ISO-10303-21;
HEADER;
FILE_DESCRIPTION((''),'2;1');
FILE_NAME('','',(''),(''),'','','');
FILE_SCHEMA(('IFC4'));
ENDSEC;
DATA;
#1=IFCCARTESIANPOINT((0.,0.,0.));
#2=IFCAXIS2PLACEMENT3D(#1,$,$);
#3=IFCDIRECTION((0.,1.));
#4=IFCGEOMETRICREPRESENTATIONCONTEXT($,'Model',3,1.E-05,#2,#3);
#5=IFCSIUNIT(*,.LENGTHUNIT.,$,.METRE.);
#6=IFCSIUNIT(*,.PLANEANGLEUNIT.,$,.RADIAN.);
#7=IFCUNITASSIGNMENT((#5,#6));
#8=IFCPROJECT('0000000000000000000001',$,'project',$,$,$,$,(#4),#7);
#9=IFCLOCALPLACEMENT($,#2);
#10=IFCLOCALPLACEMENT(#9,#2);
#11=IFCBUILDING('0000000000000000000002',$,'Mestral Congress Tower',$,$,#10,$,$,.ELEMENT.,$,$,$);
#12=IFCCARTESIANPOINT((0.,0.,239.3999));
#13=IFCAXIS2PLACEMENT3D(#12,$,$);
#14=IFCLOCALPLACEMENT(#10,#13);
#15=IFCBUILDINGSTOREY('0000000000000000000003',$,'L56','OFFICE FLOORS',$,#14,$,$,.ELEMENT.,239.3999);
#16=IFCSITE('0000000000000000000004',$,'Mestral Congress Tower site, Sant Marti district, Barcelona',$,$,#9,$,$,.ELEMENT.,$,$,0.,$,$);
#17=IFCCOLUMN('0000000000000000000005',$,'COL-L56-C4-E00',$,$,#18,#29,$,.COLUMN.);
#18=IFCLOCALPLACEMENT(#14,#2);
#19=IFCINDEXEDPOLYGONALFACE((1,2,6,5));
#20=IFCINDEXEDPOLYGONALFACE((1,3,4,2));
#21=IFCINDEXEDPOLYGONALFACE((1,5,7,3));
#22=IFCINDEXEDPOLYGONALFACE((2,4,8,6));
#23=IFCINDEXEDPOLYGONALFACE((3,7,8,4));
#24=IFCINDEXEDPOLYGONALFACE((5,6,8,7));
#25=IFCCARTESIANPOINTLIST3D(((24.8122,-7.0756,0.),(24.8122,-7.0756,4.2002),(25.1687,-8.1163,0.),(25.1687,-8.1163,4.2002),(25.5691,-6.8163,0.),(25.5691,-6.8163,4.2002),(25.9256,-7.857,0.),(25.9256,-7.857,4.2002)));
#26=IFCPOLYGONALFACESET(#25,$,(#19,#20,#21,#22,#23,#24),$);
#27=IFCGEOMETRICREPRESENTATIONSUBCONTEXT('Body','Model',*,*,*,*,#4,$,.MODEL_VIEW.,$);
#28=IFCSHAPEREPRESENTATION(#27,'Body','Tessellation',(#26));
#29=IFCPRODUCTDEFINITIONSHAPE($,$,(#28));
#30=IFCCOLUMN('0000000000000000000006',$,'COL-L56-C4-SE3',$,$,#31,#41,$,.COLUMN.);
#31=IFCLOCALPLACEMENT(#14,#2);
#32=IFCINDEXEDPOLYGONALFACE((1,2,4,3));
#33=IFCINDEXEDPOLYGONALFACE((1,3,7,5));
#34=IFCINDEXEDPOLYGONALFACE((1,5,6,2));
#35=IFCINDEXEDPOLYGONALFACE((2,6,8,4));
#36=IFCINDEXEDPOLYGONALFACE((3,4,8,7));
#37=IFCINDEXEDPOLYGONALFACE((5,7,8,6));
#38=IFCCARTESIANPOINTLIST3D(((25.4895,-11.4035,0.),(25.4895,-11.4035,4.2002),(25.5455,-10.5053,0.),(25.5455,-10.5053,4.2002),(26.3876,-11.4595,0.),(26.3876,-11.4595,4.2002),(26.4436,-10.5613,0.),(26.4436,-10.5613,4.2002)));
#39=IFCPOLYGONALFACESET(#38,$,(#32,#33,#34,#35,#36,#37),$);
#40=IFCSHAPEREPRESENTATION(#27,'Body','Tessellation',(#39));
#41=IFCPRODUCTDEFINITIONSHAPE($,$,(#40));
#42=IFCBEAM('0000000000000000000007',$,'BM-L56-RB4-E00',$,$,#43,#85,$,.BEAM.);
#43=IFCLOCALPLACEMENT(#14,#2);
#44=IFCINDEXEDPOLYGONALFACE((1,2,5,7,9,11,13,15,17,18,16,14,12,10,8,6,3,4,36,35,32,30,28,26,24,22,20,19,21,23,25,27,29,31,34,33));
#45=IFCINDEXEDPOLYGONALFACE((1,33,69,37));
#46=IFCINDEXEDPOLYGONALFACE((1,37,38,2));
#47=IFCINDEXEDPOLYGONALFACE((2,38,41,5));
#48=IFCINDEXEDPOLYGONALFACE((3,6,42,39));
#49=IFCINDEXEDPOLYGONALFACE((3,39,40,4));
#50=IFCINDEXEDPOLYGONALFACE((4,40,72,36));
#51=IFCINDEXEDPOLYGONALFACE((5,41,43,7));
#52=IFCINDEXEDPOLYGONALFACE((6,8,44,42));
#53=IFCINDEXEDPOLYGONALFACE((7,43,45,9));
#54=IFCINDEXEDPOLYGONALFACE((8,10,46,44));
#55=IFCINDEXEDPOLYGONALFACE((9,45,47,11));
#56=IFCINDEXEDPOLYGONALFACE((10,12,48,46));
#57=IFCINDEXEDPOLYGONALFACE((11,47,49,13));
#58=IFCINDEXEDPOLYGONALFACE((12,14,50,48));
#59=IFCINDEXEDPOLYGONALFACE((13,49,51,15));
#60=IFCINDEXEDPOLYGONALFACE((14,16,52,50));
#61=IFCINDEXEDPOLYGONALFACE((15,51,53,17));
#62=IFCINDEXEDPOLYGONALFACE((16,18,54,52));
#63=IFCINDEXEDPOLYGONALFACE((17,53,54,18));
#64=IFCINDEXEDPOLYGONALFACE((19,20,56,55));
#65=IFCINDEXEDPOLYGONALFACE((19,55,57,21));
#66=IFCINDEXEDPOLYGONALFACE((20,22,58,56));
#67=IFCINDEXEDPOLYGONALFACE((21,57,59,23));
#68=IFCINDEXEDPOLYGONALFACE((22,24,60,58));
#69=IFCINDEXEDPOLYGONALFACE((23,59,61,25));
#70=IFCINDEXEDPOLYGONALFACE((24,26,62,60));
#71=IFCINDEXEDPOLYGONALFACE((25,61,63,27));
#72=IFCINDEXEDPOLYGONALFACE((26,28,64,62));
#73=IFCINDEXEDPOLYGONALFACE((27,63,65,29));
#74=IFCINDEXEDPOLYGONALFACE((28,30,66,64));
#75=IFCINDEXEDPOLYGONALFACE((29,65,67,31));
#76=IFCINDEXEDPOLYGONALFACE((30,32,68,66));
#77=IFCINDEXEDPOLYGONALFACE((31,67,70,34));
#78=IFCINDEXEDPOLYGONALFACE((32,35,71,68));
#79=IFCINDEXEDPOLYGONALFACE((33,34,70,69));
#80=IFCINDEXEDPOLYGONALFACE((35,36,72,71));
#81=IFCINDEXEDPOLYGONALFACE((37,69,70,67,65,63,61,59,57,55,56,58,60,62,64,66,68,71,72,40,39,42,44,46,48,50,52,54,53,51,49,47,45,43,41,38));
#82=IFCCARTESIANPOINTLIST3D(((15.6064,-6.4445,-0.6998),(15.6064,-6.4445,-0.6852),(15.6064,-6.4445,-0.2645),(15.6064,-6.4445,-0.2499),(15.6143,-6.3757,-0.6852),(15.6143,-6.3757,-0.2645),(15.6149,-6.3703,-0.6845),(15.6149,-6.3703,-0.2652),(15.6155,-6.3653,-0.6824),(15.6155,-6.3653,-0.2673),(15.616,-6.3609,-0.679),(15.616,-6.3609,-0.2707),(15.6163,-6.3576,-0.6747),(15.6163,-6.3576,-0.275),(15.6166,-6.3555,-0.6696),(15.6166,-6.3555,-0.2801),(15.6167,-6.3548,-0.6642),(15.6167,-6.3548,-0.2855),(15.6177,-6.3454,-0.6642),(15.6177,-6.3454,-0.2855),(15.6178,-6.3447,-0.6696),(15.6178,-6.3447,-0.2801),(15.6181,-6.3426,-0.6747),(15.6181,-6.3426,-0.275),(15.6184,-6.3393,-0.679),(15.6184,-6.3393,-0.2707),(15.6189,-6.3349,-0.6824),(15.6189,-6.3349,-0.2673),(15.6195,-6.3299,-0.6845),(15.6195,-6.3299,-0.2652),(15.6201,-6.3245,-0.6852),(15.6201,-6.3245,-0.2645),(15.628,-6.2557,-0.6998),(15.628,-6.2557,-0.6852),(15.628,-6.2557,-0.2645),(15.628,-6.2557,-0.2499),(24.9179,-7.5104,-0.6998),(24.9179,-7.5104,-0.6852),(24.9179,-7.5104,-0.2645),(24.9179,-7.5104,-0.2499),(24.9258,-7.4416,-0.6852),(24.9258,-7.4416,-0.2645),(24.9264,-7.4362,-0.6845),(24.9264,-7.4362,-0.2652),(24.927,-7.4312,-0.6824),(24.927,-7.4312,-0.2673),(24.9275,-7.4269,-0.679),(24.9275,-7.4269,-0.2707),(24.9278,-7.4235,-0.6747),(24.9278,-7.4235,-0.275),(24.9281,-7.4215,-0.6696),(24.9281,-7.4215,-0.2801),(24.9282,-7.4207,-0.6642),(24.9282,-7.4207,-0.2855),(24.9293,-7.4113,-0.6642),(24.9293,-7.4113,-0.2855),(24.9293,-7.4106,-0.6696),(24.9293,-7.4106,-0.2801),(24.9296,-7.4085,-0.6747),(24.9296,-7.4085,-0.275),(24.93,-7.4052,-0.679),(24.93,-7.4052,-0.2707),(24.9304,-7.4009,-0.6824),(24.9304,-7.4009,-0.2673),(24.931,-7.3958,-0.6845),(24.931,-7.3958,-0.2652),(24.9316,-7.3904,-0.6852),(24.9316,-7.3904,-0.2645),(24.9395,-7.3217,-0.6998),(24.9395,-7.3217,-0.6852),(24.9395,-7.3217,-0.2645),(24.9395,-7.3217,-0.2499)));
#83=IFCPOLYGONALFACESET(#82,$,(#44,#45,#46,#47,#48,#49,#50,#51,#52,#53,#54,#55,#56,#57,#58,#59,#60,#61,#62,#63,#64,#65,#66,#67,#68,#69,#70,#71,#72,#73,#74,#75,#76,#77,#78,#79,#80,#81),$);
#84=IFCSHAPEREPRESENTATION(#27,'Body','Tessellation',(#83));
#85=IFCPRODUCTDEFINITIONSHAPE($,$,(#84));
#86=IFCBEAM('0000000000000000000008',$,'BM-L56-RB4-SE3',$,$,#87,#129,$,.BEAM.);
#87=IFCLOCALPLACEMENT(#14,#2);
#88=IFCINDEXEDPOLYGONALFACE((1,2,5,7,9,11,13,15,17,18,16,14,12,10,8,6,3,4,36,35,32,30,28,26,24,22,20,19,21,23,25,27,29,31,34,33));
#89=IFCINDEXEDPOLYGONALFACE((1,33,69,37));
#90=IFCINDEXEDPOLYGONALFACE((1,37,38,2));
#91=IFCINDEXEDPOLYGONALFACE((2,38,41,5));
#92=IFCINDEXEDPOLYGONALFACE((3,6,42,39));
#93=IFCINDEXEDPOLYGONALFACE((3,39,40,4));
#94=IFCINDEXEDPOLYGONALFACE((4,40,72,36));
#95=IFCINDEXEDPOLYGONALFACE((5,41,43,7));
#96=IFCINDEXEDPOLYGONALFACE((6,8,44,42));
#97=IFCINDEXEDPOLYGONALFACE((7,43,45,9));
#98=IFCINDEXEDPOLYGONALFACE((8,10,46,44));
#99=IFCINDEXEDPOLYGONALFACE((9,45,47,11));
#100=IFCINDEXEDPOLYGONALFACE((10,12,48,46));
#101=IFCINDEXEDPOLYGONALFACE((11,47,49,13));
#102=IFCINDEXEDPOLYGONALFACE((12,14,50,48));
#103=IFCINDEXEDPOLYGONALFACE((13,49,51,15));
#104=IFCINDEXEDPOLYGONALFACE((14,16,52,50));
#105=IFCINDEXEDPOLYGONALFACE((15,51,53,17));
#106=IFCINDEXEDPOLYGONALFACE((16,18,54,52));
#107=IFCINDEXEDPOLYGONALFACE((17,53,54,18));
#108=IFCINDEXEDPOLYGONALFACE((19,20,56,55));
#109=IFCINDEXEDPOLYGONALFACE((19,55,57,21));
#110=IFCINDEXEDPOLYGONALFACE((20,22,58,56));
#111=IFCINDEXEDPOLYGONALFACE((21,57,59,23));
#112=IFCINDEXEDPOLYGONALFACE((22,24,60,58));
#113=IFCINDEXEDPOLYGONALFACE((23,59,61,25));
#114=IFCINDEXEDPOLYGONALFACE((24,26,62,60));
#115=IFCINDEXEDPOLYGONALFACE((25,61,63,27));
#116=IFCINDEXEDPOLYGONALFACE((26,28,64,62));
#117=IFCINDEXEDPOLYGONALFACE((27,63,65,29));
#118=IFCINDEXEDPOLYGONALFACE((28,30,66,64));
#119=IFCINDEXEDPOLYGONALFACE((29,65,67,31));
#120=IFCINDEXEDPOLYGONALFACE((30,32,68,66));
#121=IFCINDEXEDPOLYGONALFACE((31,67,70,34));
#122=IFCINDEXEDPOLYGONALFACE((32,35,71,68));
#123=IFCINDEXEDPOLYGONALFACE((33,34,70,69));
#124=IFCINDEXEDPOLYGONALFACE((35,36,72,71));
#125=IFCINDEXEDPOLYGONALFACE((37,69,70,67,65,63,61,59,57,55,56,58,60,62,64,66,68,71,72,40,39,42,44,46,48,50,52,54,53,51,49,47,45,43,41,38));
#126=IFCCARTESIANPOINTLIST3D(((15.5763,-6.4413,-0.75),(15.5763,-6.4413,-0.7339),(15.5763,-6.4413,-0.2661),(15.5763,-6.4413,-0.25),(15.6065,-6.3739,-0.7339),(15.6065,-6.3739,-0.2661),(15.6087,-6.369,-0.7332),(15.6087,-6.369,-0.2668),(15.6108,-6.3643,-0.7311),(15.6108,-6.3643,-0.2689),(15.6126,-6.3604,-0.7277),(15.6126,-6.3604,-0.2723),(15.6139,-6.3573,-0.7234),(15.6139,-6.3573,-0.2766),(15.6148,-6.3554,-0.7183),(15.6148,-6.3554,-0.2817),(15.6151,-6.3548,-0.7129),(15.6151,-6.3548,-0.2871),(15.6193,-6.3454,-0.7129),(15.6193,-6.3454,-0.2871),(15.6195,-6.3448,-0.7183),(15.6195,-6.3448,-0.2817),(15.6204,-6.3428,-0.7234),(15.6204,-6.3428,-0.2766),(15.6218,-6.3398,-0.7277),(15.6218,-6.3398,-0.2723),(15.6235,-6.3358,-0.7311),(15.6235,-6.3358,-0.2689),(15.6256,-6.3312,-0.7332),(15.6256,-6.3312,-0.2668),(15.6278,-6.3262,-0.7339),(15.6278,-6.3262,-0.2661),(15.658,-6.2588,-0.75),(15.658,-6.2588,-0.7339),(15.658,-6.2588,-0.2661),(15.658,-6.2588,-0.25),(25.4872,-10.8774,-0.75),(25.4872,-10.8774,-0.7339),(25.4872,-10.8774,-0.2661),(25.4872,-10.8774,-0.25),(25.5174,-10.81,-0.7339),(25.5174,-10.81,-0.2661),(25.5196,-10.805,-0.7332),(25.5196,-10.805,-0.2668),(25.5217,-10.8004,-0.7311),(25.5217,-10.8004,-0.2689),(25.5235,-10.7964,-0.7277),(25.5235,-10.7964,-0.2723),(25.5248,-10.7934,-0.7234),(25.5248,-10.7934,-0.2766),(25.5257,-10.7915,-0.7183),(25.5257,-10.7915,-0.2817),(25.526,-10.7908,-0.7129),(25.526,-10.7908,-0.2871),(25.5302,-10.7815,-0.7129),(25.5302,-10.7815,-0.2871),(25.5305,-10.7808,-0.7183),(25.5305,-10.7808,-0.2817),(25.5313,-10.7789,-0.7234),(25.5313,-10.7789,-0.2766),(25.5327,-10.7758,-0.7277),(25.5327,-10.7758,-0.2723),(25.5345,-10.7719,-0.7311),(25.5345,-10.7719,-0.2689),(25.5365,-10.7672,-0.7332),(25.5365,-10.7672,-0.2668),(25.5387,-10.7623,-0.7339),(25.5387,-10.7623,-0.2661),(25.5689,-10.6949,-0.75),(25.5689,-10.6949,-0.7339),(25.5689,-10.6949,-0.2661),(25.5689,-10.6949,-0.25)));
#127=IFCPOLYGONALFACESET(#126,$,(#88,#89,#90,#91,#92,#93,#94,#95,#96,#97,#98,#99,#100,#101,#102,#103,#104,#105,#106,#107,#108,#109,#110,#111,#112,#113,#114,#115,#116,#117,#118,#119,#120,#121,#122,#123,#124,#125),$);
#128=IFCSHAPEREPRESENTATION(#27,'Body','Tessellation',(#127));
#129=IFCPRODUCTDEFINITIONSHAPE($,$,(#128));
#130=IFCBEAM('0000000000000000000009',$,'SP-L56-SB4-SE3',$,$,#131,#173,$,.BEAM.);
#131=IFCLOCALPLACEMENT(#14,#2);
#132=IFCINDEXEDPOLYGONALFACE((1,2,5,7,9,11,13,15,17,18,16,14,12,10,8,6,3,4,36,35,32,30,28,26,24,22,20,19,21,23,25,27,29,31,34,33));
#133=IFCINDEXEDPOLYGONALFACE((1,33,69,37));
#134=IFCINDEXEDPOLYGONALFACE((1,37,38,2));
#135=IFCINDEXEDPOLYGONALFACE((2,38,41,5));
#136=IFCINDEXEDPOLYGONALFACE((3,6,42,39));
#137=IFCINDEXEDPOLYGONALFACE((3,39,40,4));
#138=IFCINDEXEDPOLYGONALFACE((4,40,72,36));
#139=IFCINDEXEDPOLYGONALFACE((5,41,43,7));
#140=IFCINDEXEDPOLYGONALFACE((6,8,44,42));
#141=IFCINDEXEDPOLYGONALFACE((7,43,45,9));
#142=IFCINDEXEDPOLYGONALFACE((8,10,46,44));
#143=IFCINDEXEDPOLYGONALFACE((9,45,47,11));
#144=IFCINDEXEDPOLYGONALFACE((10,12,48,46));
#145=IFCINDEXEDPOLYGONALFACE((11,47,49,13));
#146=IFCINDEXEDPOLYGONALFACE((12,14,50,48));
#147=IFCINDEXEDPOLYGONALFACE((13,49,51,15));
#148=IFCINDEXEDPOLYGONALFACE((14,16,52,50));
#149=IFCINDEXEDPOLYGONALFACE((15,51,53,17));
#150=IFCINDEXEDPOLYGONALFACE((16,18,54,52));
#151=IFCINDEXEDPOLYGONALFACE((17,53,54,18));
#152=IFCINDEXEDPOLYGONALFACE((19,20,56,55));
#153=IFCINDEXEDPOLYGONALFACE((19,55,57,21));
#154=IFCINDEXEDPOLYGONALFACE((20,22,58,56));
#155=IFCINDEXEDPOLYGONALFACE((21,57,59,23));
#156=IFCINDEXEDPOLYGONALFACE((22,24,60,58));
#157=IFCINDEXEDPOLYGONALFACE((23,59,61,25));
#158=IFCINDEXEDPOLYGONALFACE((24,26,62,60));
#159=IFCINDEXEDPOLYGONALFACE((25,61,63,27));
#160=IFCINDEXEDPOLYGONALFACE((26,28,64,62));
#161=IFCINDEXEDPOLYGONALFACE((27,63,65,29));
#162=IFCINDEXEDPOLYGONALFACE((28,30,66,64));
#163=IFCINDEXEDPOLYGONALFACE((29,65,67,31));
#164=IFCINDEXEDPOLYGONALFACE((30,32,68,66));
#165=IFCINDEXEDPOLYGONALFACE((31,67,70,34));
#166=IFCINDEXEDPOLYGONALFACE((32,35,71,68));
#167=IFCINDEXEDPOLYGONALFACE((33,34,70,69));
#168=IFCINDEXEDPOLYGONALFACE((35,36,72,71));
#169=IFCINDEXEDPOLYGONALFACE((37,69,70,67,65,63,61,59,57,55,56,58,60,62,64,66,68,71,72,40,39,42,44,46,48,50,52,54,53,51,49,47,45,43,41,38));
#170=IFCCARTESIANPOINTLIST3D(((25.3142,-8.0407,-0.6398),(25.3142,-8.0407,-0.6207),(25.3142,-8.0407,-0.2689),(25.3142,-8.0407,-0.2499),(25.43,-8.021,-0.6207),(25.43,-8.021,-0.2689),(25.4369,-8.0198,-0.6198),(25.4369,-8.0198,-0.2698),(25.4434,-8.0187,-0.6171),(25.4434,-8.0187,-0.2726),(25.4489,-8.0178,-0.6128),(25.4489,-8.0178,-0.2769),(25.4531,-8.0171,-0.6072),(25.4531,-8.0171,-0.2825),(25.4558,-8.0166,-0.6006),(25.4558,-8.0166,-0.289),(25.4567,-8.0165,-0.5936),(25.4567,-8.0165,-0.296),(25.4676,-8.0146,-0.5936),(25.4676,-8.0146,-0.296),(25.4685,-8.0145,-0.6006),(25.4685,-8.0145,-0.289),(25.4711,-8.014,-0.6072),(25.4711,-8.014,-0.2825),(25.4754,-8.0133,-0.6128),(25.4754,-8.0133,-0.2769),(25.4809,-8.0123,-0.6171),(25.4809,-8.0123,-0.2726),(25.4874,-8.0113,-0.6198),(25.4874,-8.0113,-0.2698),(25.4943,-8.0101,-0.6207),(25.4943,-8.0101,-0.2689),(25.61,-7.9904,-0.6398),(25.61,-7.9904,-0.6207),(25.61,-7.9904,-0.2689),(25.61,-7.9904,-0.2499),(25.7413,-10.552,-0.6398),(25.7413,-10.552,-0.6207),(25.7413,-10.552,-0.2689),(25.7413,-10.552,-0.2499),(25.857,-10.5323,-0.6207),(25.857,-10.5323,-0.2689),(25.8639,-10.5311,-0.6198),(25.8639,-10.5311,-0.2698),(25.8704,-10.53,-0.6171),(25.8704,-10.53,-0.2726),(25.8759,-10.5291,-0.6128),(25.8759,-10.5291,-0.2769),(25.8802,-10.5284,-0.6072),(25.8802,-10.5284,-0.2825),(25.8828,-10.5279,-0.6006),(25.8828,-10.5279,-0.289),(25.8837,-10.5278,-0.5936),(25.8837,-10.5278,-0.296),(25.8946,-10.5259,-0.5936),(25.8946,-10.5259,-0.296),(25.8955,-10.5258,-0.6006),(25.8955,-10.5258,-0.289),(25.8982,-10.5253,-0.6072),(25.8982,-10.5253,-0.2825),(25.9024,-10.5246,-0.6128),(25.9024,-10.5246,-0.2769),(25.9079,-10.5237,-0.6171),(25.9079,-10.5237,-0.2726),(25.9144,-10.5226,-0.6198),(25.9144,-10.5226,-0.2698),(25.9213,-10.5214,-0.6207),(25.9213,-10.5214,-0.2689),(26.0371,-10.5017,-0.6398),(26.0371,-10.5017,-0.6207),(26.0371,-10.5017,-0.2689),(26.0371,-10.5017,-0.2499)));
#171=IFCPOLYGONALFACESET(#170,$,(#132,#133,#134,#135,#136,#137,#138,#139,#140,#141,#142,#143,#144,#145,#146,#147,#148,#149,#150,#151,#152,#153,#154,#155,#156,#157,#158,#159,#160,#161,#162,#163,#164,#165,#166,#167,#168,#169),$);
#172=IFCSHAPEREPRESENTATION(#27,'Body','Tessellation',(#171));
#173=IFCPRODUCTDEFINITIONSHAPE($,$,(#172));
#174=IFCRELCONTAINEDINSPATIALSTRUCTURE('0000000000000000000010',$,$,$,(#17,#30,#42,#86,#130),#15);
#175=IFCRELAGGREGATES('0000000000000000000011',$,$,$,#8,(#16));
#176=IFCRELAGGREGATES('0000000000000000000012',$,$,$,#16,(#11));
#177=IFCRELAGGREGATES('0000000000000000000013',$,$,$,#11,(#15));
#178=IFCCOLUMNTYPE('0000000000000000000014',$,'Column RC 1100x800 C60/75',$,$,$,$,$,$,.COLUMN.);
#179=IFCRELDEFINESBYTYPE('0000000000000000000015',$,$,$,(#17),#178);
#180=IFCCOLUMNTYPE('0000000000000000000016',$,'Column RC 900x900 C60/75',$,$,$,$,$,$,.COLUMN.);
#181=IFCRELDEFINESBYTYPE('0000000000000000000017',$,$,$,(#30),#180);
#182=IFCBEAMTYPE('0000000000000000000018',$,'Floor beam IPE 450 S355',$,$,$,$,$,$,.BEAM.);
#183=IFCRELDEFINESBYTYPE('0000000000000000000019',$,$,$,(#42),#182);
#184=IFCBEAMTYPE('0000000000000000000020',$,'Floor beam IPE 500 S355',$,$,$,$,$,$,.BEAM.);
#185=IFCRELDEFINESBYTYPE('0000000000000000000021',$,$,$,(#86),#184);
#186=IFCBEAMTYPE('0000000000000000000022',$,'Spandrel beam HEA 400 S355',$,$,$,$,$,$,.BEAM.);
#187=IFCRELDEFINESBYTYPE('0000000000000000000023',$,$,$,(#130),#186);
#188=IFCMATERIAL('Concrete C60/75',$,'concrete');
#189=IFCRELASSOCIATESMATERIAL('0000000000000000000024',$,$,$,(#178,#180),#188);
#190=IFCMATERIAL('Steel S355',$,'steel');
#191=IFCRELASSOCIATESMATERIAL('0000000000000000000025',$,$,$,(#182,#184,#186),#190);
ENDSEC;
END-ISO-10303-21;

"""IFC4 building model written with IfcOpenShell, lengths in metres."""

from ifc_helpers import new_model, si_unit, direction, frame, origin, origin_2d, place, context, subcontext, project, spatial, rectangle, i_section, extrude, material, material_profile, profile_set, type_object, element, save


model = new_model("IFC4")

# Units and contexts
model_context = context("Model", 3, precision=1e-05, world=origin(), true_north=direction((0.0, 1.0)))
body_context = subcontext(model_context, "Body", "Model", "MODEL_VIEW")
ifc_project = project(units=[si_unit("LENGTHUNIT", "METRE"), si_unit("PLANEANGLEUNIT", "RADIAN")], contexts=[model_context])

# Site, building, storey
site_placement = place(None, origin())
site = spatial("IfcSite", under=ifc_project, at=site_placement, Name="Mestral Congress Tower site, Sant Marti district, Barcelona", CompositionType="ELEMENT", RefElevation=0.0)
building_placement = place(site_placement, origin())
building = spatial("IfcBuilding", under=site, at=building_placement, Name="Mestral Congress Tower", CompositionType="ELEMENT")
storey_placement = place(building_placement, frame((0.0, 0.0, 239.3999)))
storey = spatial("IfcBuildingStorey", under=building, at=storey_placement, Name="L56", Description="OFFICE FLOORS", CompositionType="ELEMENT", Elevation=239.3999)

# Columns
ifc_material_1 = material(Name="Concrete C60/75", Category="concrete")
ifc_material_profile_1 = material_profile(ifc_material_1, rectangle(XDim=1.1001, YDim=0.8, at=origin_2d()), Name="RC 1100x800")
ifc_profile_set_1 = profile_set([ifc_material_profile_1], Name="Concrete C60/75")
column_type_1 = type_object("IfcColumnType", Name="Column RC 1100x800 C60/75", PredefinedType="COLUMN", material=ifc_profile_set_1)
column_1_placement = place(storey_placement, frame((25.3689, -7.4663, 0.0), z_axis=(0.0, 0.0, 1.0), x_axis=(-0.324074, 0.946032, 0.0)))
element("IfcColumn", 1, at=column_1_placement, inside=storey, type_object=column_type_1, Name="COL-L56-C4-E00", PredefinedType="COLUMN", context=body_context, shape_type="SweptSolid", body=[
    extrude(rectangle(XDim=1.1001, YDim=0.8, at=origin_2d()), origin(), (0.0, 0.0, 1.0), 4.2002),
])
ifc_material_profile_2 = material_profile(ifc_material_1, rectangle(XDim=0.8999, YDim=0.8999, at=origin_2d()), Name="RC 900x900")
ifc_profile_set_2 = profile_set([ifc_material_profile_2], Name="Concrete C60/75")
column_type_2 = type_object("IfcColumnType", Name="Column RC 900x900 C60/75", PredefinedType="COLUMN", material=ifc_profile_set_2)
column_2_placement = place(storey_placement, frame((25.9666, -10.9824, 0.0), z_axis=(0.0, 0.0, 1.0), x_axis=(0.062217, 0.998063, 0.0)))
element("IfcColumn", 2, at=column_2_placement, inside=storey, type_object=column_type_2, Name="COL-L56-C4-SE3", PredefinedType="COLUMN", context=body_context, shape_type="SweptSolid", body=[
    extrude(rectangle(XDim=0.8999, YDim=0.8999, at=origin_2d()), origin(), (0.0, 0.0, 1.0), 4.2002),
])

# Beams
ifc_material_2 = material(Name="Steel S355", Category="steel")
ifc_material_profile_3 = material_profile(ifc_material_2, i_section(OverallWidth=0.1899, OverallDepth=0.45, WebThickness=0.0095, FlangeThickness=0.0146, FilletRadius=0.021, at=origin_2d()), Name="IPE 450")
ifc_profile_set_3 = profile_set([ifc_material_profile_3], Name="Steel S355")
beam_type_1 = type_object("IfcBeamType", Name="Floor beam IPE 450 S355", PredefinedType="BEAM", material=ifc_profile_set_3)
beam_1_placement = place(storey_placement, frame((24.9287, -7.416, -0.4749), z_axis=(-0.993512, 0.11373, 0.0), x_axis=(-0.11373, -0.993512, 0.0)))
element("IfcBeam", 3, at=beam_1_placement, inside=storey, type_object=beam_type_1, Name="BM-L56-RB4-E00", PredefinedType="BEAM", context=body_context, shape_type="SweptSolid", body=[
    extrude(i_section(OverallWidth=0.1899, OverallDepth=0.45, WebThickness=0.0095, FlangeThickness=0.0146, FilletRadius=0.021, at=origin_2d()), origin(), (0.0, 0.0, 1.0), 9.3723),
])
ifc_material_profile_4 = material_profile(ifc_material_2, i_section(OverallWidth=0.2, OverallDepth=0.5, WebThickness=0.0103, FlangeThickness=0.0161, FilletRadius=0.021, at=origin_2d()), Name="IPE 500")
ifc_profile_set_4 = profile_set([ifc_material_profile_4], Name="Steel S355")
beam_type_2 = type_object("IfcBeamType", Name="Floor beam IPE 500 S355", PredefinedType="BEAM", material=ifc_profile_set_4)
beam_2_placement = place(storey_placement, frame((25.5281, -10.7861, -0.5), z_axis=(-0.912742, 0.408536, 0.0), x_axis=(-0.408536, -0.912742, 0.0)))
element("IfcBeam", 4, at=beam_2_placement, inside=storey, type_object=beam_type_2, Name="BM-L56-RB4-SE3", PredefinedType="BEAM", context=body_context, shape_type="SweptSolid", body=[
    extrude(i_section(OverallWidth=0.2, OverallDepth=0.5, WebThickness=0.0103, FlangeThickness=0.0161, FilletRadius=0.021, at=origin_2d()), origin(), (0.0, 0.0, 1.0), 10.8584),
])
ifc_material_profile_5 = material_profile(ifc_material_2, i_section(OverallWidth=0.3, OverallDepth=0.3899, WebThickness=0.011, FlangeThickness=0.019, FilletRadius=0.0271, at=origin_2d()), Name="HEA 400")
ifc_profile_set_5 = profile_set([ifc_material_profile_5], Name="Steel S355")
beam_type_3 = type_object("IfcBeamType", Name="Spandrel beam HEA 400 S355", PredefinedType="BEAM", material=ifc_profile_set_5)
beam_3_placement = place(storey_placement, frame((25.8892, -10.5269, -0.4448), z_axis=(-0.167631, 0.98585, 0.0), x_axis=(-0.98585, -0.167631, 0.0)))
element("IfcBeam", 5, at=beam_3_placement, inside=storey, type_object=beam_type_3, Name="SP-L56-SB4-SE3", PredefinedType="BEAM", context=body_context, shape_type="SweptSolid", body=[
    extrude(i_section(OverallWidth=0.3, OverallDepth=0.3899, WebThickness=0.011, FlangeThickness=0.019, FilletRadius=0.0271, at=origin_2d()), origin(), (0.0, 0.0, 1.0), 2.5474),
])

save(model, "model.ifc")
